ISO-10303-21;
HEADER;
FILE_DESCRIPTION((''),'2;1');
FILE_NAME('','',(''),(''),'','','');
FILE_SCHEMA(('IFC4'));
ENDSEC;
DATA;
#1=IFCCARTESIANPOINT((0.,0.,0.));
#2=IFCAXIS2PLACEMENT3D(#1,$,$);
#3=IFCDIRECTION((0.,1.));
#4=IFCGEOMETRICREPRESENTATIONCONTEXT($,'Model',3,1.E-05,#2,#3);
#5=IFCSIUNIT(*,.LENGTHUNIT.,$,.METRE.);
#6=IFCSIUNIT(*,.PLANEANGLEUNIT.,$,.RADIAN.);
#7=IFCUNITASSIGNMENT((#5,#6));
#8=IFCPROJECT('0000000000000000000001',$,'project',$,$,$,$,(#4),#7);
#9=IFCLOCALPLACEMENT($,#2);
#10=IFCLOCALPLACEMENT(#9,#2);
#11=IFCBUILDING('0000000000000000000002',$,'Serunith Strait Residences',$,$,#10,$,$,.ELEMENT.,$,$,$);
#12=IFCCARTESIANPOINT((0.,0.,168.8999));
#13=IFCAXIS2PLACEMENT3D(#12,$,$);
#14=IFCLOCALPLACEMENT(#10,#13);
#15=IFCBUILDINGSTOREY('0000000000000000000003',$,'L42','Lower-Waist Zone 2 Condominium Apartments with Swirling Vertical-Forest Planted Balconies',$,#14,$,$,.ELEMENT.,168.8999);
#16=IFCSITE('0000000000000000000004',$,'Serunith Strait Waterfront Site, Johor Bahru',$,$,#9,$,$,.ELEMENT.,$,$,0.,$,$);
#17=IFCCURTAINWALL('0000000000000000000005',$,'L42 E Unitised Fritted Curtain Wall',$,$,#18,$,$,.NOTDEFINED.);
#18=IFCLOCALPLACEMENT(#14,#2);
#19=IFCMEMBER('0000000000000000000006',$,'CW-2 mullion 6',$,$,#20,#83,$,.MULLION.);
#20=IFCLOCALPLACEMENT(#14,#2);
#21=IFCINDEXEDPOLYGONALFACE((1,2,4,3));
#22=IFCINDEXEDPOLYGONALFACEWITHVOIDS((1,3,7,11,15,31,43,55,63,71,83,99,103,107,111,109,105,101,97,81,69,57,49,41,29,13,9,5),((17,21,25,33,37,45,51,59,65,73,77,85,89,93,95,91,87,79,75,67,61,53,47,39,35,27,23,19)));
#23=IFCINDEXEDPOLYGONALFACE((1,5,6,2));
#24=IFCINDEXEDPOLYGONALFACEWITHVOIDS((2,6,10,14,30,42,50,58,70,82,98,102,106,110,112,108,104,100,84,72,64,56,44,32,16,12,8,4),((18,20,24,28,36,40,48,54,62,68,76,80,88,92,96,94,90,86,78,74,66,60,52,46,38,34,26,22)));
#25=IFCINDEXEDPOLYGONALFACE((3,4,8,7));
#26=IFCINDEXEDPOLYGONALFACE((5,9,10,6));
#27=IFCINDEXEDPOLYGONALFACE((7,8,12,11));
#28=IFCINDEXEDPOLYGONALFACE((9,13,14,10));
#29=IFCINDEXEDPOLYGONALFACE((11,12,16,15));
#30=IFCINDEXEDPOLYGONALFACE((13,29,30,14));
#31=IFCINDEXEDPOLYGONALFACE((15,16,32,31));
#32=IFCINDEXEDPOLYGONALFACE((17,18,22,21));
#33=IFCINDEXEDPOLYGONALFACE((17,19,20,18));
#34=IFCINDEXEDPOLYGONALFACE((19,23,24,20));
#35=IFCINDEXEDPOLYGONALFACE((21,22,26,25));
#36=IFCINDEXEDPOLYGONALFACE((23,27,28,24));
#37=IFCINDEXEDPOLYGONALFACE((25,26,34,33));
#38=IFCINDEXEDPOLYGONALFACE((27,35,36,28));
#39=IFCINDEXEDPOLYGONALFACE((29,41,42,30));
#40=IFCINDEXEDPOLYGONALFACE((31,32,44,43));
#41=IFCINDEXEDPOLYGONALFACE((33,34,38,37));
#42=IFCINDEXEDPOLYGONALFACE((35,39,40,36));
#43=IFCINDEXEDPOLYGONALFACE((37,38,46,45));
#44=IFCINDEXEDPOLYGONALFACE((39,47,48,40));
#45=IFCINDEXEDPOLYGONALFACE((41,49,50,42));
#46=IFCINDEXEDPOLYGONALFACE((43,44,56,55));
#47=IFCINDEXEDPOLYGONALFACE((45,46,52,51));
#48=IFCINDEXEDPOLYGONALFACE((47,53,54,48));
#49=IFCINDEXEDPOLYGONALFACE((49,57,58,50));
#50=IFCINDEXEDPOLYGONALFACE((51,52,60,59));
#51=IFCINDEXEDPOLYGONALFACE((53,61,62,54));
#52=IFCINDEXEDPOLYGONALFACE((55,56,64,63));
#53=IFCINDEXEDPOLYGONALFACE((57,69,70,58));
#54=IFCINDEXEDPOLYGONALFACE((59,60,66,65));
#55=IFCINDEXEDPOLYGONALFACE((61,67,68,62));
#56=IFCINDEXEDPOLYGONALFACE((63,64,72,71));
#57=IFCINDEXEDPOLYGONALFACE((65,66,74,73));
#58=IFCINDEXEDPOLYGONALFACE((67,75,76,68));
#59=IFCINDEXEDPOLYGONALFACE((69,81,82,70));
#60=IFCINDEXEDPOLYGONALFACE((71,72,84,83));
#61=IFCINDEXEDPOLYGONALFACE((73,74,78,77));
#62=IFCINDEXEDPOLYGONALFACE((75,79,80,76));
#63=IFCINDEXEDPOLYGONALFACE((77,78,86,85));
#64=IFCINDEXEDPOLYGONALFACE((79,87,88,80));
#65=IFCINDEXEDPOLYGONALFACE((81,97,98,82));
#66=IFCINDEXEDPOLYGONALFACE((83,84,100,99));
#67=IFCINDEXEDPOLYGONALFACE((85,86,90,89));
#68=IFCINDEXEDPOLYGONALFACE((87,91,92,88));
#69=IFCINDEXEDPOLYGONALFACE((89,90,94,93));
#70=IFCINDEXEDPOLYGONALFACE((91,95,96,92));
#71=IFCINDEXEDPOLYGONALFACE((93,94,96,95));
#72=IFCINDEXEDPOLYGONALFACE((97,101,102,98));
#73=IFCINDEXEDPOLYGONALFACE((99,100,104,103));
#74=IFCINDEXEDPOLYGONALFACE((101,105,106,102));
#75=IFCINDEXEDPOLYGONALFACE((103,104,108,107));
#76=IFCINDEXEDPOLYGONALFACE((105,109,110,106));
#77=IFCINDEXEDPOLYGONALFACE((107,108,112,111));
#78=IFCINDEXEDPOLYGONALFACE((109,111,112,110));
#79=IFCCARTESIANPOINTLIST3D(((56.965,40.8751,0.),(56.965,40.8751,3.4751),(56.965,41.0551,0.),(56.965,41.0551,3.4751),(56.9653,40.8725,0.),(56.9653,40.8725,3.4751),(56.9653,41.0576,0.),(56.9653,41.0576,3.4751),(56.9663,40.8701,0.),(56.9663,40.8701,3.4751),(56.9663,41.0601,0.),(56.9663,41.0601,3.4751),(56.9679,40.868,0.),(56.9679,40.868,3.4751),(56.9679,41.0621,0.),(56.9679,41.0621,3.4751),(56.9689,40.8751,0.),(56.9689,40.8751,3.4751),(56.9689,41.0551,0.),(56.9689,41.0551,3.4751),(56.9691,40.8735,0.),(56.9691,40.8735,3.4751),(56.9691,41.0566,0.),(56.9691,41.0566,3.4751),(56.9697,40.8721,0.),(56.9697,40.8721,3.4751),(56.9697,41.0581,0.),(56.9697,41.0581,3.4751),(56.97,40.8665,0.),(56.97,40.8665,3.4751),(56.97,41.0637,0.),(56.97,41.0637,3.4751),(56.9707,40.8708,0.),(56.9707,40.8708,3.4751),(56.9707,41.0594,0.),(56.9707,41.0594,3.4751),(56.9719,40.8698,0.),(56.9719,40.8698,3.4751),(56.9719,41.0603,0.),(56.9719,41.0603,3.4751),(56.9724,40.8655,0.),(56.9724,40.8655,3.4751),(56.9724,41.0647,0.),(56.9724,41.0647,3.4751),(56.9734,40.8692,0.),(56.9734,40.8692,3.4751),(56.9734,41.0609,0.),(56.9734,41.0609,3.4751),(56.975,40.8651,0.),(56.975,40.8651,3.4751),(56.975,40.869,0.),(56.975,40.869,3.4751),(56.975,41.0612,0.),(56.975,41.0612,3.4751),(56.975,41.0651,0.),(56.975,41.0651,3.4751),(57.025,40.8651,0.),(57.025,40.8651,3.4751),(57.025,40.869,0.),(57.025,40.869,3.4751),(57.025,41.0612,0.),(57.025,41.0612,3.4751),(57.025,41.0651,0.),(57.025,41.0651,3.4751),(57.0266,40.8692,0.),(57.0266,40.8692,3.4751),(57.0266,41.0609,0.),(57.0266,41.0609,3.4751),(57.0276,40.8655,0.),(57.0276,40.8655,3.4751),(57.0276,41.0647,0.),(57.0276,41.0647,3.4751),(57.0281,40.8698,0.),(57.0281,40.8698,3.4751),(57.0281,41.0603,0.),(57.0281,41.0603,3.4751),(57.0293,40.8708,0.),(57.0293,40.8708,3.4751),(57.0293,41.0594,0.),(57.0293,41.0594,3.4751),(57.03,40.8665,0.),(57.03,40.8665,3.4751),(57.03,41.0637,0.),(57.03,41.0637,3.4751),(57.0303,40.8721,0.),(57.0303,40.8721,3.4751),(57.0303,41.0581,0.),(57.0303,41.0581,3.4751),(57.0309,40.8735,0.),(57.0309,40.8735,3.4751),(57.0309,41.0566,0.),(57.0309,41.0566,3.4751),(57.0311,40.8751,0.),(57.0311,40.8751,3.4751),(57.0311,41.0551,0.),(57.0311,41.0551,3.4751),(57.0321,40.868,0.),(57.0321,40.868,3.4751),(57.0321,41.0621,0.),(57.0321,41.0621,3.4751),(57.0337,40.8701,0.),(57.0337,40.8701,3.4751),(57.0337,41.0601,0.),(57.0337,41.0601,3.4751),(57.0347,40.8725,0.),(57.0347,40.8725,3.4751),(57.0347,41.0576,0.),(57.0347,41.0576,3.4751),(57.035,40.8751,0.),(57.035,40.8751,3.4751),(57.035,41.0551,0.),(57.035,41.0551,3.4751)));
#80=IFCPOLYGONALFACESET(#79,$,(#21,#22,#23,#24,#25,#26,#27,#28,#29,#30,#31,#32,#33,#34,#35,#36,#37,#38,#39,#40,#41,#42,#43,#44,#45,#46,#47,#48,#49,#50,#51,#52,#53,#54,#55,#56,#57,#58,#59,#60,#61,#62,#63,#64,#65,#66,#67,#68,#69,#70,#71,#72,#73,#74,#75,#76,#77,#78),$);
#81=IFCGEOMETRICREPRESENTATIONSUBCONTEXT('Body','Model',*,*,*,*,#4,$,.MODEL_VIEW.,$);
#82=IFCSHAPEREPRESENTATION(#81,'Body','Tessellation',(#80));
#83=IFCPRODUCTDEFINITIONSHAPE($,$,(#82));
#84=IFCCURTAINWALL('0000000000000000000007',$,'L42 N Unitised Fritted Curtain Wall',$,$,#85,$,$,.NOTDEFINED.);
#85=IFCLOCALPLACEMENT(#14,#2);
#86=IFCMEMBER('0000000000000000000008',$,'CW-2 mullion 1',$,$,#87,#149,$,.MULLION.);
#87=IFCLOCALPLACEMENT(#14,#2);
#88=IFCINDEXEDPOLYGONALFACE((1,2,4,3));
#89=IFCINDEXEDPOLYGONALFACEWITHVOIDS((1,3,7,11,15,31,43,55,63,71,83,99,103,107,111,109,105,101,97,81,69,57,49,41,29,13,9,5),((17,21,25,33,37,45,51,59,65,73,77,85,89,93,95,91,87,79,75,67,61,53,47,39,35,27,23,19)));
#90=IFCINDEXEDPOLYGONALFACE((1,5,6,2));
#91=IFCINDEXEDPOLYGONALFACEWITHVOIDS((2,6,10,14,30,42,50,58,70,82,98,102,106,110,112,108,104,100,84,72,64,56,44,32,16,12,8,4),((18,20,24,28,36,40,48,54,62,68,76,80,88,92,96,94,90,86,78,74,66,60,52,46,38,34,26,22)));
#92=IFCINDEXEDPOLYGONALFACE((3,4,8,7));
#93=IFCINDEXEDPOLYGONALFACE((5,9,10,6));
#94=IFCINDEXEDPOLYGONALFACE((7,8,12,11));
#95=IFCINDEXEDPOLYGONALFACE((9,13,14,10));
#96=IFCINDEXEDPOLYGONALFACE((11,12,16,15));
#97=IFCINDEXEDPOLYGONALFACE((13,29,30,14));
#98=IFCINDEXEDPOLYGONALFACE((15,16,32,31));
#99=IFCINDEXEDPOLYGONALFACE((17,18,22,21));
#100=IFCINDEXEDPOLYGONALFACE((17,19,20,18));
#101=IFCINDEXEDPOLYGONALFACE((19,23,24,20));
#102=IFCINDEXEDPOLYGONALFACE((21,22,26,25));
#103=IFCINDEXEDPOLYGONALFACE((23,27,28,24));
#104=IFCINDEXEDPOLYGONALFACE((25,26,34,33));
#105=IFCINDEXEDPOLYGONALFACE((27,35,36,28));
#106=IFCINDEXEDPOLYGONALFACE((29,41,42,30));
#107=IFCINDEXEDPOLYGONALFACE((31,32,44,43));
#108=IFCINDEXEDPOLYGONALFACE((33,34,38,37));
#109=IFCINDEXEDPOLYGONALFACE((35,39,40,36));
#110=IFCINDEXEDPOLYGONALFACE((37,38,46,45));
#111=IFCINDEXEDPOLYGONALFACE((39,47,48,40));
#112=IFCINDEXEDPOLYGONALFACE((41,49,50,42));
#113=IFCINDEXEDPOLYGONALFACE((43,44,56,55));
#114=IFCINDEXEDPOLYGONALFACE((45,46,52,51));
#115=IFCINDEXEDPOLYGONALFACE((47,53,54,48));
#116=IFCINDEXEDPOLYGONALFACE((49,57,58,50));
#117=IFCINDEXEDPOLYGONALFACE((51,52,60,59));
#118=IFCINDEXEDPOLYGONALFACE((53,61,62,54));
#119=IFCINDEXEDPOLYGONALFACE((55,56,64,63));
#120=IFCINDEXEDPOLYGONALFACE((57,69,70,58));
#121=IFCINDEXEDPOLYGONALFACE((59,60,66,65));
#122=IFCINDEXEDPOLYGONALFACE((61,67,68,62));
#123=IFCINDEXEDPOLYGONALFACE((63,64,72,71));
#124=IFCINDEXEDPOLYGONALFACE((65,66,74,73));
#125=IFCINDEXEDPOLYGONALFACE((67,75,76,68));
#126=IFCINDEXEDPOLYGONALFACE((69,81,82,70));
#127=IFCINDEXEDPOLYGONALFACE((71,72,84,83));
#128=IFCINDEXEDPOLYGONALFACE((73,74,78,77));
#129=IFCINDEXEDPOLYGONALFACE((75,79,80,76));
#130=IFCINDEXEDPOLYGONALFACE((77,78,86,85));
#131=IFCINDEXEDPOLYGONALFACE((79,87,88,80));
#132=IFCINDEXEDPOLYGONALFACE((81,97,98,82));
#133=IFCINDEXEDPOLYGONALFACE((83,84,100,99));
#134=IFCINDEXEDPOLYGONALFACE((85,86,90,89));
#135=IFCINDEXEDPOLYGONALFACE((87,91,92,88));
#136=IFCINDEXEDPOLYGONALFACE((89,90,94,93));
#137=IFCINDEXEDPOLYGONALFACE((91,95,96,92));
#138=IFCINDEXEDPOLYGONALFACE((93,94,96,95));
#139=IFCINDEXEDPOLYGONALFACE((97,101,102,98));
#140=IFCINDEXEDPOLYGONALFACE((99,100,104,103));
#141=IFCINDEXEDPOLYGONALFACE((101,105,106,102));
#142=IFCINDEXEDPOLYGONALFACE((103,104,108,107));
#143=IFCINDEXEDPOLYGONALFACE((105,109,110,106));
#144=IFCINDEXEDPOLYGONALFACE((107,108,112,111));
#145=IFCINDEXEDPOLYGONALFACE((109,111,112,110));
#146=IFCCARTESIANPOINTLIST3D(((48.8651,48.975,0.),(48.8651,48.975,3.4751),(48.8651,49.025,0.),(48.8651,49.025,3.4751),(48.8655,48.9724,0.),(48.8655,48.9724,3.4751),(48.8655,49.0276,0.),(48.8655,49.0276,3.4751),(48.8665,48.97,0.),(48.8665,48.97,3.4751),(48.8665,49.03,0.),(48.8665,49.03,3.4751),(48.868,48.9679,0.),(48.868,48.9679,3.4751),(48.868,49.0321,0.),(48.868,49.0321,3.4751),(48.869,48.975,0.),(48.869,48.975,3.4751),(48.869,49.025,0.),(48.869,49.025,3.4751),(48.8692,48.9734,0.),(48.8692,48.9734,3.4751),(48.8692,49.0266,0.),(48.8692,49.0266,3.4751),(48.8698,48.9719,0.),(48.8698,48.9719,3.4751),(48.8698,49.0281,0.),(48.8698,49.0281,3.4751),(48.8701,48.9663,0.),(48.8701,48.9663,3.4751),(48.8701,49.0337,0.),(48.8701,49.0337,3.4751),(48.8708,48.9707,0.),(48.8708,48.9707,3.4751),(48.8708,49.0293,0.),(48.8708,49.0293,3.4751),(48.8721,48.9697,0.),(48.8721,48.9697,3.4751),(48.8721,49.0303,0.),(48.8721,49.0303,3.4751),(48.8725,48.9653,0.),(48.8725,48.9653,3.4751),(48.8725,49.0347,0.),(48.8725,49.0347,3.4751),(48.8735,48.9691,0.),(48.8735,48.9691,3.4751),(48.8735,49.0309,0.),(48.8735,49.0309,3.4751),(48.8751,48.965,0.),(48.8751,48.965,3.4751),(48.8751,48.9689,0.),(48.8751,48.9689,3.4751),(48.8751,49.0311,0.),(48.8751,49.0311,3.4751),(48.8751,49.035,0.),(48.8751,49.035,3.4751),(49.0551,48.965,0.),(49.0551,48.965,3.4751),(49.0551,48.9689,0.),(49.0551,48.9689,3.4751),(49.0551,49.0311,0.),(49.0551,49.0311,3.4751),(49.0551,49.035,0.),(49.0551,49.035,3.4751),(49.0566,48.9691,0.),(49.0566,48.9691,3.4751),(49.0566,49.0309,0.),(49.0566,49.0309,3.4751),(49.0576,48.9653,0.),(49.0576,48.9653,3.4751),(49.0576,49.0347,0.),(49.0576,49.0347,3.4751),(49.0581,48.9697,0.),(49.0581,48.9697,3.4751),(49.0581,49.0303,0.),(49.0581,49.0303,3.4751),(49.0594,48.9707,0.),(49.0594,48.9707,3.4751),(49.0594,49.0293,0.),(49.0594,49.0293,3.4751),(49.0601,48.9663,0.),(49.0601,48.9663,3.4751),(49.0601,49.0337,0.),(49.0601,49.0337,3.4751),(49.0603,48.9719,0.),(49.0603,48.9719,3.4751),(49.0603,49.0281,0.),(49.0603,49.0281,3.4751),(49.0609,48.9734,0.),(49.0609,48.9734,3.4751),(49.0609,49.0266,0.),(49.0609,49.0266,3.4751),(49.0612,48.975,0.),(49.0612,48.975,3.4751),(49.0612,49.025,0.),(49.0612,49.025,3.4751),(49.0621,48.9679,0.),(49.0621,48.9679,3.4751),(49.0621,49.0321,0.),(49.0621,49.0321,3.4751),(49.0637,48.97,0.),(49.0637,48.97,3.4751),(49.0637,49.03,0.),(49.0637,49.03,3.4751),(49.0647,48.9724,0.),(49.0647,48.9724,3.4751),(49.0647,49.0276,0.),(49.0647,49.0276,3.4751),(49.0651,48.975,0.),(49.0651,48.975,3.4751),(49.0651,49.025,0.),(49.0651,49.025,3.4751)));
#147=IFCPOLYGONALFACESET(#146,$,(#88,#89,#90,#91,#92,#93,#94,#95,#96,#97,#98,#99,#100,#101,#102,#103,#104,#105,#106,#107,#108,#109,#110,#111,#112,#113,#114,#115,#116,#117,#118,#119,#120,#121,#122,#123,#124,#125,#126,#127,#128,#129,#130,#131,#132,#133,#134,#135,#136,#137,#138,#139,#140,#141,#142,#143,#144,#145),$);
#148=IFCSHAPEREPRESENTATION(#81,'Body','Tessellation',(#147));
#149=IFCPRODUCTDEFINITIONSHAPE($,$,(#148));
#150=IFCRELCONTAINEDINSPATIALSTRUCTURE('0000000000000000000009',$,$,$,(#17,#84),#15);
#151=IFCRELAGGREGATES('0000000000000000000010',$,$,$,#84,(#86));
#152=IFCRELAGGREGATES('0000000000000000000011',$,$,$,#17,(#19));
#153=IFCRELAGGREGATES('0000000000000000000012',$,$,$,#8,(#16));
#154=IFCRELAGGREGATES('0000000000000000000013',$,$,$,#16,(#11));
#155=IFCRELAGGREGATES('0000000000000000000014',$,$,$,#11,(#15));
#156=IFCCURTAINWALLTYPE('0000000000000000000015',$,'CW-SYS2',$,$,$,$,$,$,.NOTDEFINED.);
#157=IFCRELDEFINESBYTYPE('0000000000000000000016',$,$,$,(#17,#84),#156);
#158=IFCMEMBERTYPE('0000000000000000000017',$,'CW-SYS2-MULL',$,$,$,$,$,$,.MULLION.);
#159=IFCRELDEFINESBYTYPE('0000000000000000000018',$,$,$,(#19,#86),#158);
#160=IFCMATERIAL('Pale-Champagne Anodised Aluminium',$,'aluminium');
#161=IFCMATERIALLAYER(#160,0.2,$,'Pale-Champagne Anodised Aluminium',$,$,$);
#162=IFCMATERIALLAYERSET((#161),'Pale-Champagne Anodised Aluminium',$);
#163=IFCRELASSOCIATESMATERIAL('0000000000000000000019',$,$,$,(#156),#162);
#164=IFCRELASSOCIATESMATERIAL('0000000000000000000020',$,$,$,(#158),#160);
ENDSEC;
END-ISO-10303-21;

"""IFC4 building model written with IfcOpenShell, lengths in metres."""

from ifc_helpers import new_model, si_unit, direction, frame, origin, origin_2d, place, context, subcontext, project, spatial, hollow_rectangle, extrude, source, transform, mapped, material, layer, layer_set, material_profile, profile_set, type_object, element, aggregate, save


model = new_model("IFC4")

# Units and contexts
model_context = context("Model", 3, precision=1e-05, world=origin(), true_north=direction((0.0, 1.0)))
body_context = subcontext(model_context, "Body", "Model", "MODEL_VIEW")
ifc_project = project(units=[si_unit("LENGTHUNIT", "METRE"), si_unit("PLANEANGLEUNIT", "RADIAN")], contexts=[model_context])

# Site, building, storey
site_placement = place(None, origin())
site = spatial("IfcSite", under=ifc_project, at=site_placement, Name="Serunith Strait Waterfront Site, Johor Bahru", CompositionType="ELEMENT", RefElevation=0.0)
building_placement = place(site_placement, origin())
building = spatial("IfcBuilding", under=site, at=building_placement, Name="Serunith Strait Residences", CompositionType="ELEMENT")
storey_placement = place(building_placement, frame((0.0, 0.0, 168.8999)))
storey = spatial("IfcBuildingStorey", under=building, at=storey_placement, Name="L42", Description="Lower-Waist Zone 2 Condominium Apartments with Swirling Vertical-Forest Planted Balconies", CompositionType="ELEMENT", Elevation=168.8999)

# Curtain wall, member
ifc_material_1 = material(Name="Pale-Champagne Anodised Aluminium", Category="aluminium")
ifc_layer_1 = layer(ifc_material_1, 0.2, Name="Pale-Champagne Anodised Aluminium")
ifc_layer_set_1 = layer_set([ifc_layer_1], Name="Pale-Champagne Anodised Aluminium")
curtain_wall_type = type_object("IfcCurtainWallType", Name="CW-SYS2", PredefinedType="NOTDEFINED", material=ifc_layer_set_1)
curtain_wall_1_placement = place(storey_placement, origin())
curtain_wall_1 = element("IfcCurtainWall", 1, at=curtain_wall_1_placement, inside=storey, type_object=curtain_wall_type, Name="L42 E Unitised Fritted Curtain Wall", PredefinedType="NOTDEFINED")
ifc_material_profile_1 = material_profile(ifc_material_1, hollow_rectangle(XDim=0.0701, YDim=0.2, WallThickness=0.0039, InnerFilletRadius=0.0061, OuterFilletRadius=0.01, at=origin_2d()), Name="ALU 200x70x4")
ifc_profile_set_1 = profile_set([ifc_material_profile_1], Name="Pale-Champagne Anodised Aluminium")
member_type_1 = type_object("IfcMemberType", Name="CW-SYS2-MULL", PredefinedType="MULLION", material=ifc_profile_set_1)
shared_shape_1 = source(origin(), body_context, "Body", "SweptSolid", [
    extrude(hollow_rectangle(XDim=0.0701, YDim=0.2, WallThickness=0.0039, InnerFilletRadius=0.0061, OuterFilletRadius=0.01, at=origin_2d()), origin(), (0.0, 0.0, 1.0), 3.4751),
])
member_1_placement = place(storey_placement, frame((57.0, 40.9651, 0.0), z_axis=(0.0, 0.0, 1.0), x_axis=(-1.0, 0.0, 0.0)))
member_1 = element("IfcMember", 2, at=member_1_placement, type_object=member_type_1, Name="CW-2 mullion 6", PredefinedType="MULLION", context=body_context, shape_type="MappedRepresentation", body=[
    mapped(shared_shape_1, transform((0.0, 0.0, 0.0), scale=1.0)),
])

# Curtain wall, member
curtain_wall_2_placement = place(storey_placement, origin())
curtain_wall_2 = element("IfcCurtainWall", 3, at=curtain_wall_2_placement, inside=storey, type_object=curtain_wall_type, Name="L42 N Unitised Fritted Curtain Wall", PredefinedType="NOTDEFINED")
member_2_placement = place(storey_placement, frame((48.9651, 49.0, 0.0), z_axis=(0.0, 0.0, 1.0), x_axis=(0.0, -1.0, 0.0)))
member_2 = element("IfcMember", 4, at=member_2_placement, type_object=member_type_1, Name="CW-2 mullion 1", PredefinedType="MULLION", context=body_context, shape_type="MappedRepresentation", body=[
    mapped(shared_shape_1, transform((0.0, 0.0, 0.0), scale=1.0)),
])
aggregate(curtain_wall_2, [member_2])

aggregate(curtain_wall_1, [member_1])

save(model, "model.ifc")
